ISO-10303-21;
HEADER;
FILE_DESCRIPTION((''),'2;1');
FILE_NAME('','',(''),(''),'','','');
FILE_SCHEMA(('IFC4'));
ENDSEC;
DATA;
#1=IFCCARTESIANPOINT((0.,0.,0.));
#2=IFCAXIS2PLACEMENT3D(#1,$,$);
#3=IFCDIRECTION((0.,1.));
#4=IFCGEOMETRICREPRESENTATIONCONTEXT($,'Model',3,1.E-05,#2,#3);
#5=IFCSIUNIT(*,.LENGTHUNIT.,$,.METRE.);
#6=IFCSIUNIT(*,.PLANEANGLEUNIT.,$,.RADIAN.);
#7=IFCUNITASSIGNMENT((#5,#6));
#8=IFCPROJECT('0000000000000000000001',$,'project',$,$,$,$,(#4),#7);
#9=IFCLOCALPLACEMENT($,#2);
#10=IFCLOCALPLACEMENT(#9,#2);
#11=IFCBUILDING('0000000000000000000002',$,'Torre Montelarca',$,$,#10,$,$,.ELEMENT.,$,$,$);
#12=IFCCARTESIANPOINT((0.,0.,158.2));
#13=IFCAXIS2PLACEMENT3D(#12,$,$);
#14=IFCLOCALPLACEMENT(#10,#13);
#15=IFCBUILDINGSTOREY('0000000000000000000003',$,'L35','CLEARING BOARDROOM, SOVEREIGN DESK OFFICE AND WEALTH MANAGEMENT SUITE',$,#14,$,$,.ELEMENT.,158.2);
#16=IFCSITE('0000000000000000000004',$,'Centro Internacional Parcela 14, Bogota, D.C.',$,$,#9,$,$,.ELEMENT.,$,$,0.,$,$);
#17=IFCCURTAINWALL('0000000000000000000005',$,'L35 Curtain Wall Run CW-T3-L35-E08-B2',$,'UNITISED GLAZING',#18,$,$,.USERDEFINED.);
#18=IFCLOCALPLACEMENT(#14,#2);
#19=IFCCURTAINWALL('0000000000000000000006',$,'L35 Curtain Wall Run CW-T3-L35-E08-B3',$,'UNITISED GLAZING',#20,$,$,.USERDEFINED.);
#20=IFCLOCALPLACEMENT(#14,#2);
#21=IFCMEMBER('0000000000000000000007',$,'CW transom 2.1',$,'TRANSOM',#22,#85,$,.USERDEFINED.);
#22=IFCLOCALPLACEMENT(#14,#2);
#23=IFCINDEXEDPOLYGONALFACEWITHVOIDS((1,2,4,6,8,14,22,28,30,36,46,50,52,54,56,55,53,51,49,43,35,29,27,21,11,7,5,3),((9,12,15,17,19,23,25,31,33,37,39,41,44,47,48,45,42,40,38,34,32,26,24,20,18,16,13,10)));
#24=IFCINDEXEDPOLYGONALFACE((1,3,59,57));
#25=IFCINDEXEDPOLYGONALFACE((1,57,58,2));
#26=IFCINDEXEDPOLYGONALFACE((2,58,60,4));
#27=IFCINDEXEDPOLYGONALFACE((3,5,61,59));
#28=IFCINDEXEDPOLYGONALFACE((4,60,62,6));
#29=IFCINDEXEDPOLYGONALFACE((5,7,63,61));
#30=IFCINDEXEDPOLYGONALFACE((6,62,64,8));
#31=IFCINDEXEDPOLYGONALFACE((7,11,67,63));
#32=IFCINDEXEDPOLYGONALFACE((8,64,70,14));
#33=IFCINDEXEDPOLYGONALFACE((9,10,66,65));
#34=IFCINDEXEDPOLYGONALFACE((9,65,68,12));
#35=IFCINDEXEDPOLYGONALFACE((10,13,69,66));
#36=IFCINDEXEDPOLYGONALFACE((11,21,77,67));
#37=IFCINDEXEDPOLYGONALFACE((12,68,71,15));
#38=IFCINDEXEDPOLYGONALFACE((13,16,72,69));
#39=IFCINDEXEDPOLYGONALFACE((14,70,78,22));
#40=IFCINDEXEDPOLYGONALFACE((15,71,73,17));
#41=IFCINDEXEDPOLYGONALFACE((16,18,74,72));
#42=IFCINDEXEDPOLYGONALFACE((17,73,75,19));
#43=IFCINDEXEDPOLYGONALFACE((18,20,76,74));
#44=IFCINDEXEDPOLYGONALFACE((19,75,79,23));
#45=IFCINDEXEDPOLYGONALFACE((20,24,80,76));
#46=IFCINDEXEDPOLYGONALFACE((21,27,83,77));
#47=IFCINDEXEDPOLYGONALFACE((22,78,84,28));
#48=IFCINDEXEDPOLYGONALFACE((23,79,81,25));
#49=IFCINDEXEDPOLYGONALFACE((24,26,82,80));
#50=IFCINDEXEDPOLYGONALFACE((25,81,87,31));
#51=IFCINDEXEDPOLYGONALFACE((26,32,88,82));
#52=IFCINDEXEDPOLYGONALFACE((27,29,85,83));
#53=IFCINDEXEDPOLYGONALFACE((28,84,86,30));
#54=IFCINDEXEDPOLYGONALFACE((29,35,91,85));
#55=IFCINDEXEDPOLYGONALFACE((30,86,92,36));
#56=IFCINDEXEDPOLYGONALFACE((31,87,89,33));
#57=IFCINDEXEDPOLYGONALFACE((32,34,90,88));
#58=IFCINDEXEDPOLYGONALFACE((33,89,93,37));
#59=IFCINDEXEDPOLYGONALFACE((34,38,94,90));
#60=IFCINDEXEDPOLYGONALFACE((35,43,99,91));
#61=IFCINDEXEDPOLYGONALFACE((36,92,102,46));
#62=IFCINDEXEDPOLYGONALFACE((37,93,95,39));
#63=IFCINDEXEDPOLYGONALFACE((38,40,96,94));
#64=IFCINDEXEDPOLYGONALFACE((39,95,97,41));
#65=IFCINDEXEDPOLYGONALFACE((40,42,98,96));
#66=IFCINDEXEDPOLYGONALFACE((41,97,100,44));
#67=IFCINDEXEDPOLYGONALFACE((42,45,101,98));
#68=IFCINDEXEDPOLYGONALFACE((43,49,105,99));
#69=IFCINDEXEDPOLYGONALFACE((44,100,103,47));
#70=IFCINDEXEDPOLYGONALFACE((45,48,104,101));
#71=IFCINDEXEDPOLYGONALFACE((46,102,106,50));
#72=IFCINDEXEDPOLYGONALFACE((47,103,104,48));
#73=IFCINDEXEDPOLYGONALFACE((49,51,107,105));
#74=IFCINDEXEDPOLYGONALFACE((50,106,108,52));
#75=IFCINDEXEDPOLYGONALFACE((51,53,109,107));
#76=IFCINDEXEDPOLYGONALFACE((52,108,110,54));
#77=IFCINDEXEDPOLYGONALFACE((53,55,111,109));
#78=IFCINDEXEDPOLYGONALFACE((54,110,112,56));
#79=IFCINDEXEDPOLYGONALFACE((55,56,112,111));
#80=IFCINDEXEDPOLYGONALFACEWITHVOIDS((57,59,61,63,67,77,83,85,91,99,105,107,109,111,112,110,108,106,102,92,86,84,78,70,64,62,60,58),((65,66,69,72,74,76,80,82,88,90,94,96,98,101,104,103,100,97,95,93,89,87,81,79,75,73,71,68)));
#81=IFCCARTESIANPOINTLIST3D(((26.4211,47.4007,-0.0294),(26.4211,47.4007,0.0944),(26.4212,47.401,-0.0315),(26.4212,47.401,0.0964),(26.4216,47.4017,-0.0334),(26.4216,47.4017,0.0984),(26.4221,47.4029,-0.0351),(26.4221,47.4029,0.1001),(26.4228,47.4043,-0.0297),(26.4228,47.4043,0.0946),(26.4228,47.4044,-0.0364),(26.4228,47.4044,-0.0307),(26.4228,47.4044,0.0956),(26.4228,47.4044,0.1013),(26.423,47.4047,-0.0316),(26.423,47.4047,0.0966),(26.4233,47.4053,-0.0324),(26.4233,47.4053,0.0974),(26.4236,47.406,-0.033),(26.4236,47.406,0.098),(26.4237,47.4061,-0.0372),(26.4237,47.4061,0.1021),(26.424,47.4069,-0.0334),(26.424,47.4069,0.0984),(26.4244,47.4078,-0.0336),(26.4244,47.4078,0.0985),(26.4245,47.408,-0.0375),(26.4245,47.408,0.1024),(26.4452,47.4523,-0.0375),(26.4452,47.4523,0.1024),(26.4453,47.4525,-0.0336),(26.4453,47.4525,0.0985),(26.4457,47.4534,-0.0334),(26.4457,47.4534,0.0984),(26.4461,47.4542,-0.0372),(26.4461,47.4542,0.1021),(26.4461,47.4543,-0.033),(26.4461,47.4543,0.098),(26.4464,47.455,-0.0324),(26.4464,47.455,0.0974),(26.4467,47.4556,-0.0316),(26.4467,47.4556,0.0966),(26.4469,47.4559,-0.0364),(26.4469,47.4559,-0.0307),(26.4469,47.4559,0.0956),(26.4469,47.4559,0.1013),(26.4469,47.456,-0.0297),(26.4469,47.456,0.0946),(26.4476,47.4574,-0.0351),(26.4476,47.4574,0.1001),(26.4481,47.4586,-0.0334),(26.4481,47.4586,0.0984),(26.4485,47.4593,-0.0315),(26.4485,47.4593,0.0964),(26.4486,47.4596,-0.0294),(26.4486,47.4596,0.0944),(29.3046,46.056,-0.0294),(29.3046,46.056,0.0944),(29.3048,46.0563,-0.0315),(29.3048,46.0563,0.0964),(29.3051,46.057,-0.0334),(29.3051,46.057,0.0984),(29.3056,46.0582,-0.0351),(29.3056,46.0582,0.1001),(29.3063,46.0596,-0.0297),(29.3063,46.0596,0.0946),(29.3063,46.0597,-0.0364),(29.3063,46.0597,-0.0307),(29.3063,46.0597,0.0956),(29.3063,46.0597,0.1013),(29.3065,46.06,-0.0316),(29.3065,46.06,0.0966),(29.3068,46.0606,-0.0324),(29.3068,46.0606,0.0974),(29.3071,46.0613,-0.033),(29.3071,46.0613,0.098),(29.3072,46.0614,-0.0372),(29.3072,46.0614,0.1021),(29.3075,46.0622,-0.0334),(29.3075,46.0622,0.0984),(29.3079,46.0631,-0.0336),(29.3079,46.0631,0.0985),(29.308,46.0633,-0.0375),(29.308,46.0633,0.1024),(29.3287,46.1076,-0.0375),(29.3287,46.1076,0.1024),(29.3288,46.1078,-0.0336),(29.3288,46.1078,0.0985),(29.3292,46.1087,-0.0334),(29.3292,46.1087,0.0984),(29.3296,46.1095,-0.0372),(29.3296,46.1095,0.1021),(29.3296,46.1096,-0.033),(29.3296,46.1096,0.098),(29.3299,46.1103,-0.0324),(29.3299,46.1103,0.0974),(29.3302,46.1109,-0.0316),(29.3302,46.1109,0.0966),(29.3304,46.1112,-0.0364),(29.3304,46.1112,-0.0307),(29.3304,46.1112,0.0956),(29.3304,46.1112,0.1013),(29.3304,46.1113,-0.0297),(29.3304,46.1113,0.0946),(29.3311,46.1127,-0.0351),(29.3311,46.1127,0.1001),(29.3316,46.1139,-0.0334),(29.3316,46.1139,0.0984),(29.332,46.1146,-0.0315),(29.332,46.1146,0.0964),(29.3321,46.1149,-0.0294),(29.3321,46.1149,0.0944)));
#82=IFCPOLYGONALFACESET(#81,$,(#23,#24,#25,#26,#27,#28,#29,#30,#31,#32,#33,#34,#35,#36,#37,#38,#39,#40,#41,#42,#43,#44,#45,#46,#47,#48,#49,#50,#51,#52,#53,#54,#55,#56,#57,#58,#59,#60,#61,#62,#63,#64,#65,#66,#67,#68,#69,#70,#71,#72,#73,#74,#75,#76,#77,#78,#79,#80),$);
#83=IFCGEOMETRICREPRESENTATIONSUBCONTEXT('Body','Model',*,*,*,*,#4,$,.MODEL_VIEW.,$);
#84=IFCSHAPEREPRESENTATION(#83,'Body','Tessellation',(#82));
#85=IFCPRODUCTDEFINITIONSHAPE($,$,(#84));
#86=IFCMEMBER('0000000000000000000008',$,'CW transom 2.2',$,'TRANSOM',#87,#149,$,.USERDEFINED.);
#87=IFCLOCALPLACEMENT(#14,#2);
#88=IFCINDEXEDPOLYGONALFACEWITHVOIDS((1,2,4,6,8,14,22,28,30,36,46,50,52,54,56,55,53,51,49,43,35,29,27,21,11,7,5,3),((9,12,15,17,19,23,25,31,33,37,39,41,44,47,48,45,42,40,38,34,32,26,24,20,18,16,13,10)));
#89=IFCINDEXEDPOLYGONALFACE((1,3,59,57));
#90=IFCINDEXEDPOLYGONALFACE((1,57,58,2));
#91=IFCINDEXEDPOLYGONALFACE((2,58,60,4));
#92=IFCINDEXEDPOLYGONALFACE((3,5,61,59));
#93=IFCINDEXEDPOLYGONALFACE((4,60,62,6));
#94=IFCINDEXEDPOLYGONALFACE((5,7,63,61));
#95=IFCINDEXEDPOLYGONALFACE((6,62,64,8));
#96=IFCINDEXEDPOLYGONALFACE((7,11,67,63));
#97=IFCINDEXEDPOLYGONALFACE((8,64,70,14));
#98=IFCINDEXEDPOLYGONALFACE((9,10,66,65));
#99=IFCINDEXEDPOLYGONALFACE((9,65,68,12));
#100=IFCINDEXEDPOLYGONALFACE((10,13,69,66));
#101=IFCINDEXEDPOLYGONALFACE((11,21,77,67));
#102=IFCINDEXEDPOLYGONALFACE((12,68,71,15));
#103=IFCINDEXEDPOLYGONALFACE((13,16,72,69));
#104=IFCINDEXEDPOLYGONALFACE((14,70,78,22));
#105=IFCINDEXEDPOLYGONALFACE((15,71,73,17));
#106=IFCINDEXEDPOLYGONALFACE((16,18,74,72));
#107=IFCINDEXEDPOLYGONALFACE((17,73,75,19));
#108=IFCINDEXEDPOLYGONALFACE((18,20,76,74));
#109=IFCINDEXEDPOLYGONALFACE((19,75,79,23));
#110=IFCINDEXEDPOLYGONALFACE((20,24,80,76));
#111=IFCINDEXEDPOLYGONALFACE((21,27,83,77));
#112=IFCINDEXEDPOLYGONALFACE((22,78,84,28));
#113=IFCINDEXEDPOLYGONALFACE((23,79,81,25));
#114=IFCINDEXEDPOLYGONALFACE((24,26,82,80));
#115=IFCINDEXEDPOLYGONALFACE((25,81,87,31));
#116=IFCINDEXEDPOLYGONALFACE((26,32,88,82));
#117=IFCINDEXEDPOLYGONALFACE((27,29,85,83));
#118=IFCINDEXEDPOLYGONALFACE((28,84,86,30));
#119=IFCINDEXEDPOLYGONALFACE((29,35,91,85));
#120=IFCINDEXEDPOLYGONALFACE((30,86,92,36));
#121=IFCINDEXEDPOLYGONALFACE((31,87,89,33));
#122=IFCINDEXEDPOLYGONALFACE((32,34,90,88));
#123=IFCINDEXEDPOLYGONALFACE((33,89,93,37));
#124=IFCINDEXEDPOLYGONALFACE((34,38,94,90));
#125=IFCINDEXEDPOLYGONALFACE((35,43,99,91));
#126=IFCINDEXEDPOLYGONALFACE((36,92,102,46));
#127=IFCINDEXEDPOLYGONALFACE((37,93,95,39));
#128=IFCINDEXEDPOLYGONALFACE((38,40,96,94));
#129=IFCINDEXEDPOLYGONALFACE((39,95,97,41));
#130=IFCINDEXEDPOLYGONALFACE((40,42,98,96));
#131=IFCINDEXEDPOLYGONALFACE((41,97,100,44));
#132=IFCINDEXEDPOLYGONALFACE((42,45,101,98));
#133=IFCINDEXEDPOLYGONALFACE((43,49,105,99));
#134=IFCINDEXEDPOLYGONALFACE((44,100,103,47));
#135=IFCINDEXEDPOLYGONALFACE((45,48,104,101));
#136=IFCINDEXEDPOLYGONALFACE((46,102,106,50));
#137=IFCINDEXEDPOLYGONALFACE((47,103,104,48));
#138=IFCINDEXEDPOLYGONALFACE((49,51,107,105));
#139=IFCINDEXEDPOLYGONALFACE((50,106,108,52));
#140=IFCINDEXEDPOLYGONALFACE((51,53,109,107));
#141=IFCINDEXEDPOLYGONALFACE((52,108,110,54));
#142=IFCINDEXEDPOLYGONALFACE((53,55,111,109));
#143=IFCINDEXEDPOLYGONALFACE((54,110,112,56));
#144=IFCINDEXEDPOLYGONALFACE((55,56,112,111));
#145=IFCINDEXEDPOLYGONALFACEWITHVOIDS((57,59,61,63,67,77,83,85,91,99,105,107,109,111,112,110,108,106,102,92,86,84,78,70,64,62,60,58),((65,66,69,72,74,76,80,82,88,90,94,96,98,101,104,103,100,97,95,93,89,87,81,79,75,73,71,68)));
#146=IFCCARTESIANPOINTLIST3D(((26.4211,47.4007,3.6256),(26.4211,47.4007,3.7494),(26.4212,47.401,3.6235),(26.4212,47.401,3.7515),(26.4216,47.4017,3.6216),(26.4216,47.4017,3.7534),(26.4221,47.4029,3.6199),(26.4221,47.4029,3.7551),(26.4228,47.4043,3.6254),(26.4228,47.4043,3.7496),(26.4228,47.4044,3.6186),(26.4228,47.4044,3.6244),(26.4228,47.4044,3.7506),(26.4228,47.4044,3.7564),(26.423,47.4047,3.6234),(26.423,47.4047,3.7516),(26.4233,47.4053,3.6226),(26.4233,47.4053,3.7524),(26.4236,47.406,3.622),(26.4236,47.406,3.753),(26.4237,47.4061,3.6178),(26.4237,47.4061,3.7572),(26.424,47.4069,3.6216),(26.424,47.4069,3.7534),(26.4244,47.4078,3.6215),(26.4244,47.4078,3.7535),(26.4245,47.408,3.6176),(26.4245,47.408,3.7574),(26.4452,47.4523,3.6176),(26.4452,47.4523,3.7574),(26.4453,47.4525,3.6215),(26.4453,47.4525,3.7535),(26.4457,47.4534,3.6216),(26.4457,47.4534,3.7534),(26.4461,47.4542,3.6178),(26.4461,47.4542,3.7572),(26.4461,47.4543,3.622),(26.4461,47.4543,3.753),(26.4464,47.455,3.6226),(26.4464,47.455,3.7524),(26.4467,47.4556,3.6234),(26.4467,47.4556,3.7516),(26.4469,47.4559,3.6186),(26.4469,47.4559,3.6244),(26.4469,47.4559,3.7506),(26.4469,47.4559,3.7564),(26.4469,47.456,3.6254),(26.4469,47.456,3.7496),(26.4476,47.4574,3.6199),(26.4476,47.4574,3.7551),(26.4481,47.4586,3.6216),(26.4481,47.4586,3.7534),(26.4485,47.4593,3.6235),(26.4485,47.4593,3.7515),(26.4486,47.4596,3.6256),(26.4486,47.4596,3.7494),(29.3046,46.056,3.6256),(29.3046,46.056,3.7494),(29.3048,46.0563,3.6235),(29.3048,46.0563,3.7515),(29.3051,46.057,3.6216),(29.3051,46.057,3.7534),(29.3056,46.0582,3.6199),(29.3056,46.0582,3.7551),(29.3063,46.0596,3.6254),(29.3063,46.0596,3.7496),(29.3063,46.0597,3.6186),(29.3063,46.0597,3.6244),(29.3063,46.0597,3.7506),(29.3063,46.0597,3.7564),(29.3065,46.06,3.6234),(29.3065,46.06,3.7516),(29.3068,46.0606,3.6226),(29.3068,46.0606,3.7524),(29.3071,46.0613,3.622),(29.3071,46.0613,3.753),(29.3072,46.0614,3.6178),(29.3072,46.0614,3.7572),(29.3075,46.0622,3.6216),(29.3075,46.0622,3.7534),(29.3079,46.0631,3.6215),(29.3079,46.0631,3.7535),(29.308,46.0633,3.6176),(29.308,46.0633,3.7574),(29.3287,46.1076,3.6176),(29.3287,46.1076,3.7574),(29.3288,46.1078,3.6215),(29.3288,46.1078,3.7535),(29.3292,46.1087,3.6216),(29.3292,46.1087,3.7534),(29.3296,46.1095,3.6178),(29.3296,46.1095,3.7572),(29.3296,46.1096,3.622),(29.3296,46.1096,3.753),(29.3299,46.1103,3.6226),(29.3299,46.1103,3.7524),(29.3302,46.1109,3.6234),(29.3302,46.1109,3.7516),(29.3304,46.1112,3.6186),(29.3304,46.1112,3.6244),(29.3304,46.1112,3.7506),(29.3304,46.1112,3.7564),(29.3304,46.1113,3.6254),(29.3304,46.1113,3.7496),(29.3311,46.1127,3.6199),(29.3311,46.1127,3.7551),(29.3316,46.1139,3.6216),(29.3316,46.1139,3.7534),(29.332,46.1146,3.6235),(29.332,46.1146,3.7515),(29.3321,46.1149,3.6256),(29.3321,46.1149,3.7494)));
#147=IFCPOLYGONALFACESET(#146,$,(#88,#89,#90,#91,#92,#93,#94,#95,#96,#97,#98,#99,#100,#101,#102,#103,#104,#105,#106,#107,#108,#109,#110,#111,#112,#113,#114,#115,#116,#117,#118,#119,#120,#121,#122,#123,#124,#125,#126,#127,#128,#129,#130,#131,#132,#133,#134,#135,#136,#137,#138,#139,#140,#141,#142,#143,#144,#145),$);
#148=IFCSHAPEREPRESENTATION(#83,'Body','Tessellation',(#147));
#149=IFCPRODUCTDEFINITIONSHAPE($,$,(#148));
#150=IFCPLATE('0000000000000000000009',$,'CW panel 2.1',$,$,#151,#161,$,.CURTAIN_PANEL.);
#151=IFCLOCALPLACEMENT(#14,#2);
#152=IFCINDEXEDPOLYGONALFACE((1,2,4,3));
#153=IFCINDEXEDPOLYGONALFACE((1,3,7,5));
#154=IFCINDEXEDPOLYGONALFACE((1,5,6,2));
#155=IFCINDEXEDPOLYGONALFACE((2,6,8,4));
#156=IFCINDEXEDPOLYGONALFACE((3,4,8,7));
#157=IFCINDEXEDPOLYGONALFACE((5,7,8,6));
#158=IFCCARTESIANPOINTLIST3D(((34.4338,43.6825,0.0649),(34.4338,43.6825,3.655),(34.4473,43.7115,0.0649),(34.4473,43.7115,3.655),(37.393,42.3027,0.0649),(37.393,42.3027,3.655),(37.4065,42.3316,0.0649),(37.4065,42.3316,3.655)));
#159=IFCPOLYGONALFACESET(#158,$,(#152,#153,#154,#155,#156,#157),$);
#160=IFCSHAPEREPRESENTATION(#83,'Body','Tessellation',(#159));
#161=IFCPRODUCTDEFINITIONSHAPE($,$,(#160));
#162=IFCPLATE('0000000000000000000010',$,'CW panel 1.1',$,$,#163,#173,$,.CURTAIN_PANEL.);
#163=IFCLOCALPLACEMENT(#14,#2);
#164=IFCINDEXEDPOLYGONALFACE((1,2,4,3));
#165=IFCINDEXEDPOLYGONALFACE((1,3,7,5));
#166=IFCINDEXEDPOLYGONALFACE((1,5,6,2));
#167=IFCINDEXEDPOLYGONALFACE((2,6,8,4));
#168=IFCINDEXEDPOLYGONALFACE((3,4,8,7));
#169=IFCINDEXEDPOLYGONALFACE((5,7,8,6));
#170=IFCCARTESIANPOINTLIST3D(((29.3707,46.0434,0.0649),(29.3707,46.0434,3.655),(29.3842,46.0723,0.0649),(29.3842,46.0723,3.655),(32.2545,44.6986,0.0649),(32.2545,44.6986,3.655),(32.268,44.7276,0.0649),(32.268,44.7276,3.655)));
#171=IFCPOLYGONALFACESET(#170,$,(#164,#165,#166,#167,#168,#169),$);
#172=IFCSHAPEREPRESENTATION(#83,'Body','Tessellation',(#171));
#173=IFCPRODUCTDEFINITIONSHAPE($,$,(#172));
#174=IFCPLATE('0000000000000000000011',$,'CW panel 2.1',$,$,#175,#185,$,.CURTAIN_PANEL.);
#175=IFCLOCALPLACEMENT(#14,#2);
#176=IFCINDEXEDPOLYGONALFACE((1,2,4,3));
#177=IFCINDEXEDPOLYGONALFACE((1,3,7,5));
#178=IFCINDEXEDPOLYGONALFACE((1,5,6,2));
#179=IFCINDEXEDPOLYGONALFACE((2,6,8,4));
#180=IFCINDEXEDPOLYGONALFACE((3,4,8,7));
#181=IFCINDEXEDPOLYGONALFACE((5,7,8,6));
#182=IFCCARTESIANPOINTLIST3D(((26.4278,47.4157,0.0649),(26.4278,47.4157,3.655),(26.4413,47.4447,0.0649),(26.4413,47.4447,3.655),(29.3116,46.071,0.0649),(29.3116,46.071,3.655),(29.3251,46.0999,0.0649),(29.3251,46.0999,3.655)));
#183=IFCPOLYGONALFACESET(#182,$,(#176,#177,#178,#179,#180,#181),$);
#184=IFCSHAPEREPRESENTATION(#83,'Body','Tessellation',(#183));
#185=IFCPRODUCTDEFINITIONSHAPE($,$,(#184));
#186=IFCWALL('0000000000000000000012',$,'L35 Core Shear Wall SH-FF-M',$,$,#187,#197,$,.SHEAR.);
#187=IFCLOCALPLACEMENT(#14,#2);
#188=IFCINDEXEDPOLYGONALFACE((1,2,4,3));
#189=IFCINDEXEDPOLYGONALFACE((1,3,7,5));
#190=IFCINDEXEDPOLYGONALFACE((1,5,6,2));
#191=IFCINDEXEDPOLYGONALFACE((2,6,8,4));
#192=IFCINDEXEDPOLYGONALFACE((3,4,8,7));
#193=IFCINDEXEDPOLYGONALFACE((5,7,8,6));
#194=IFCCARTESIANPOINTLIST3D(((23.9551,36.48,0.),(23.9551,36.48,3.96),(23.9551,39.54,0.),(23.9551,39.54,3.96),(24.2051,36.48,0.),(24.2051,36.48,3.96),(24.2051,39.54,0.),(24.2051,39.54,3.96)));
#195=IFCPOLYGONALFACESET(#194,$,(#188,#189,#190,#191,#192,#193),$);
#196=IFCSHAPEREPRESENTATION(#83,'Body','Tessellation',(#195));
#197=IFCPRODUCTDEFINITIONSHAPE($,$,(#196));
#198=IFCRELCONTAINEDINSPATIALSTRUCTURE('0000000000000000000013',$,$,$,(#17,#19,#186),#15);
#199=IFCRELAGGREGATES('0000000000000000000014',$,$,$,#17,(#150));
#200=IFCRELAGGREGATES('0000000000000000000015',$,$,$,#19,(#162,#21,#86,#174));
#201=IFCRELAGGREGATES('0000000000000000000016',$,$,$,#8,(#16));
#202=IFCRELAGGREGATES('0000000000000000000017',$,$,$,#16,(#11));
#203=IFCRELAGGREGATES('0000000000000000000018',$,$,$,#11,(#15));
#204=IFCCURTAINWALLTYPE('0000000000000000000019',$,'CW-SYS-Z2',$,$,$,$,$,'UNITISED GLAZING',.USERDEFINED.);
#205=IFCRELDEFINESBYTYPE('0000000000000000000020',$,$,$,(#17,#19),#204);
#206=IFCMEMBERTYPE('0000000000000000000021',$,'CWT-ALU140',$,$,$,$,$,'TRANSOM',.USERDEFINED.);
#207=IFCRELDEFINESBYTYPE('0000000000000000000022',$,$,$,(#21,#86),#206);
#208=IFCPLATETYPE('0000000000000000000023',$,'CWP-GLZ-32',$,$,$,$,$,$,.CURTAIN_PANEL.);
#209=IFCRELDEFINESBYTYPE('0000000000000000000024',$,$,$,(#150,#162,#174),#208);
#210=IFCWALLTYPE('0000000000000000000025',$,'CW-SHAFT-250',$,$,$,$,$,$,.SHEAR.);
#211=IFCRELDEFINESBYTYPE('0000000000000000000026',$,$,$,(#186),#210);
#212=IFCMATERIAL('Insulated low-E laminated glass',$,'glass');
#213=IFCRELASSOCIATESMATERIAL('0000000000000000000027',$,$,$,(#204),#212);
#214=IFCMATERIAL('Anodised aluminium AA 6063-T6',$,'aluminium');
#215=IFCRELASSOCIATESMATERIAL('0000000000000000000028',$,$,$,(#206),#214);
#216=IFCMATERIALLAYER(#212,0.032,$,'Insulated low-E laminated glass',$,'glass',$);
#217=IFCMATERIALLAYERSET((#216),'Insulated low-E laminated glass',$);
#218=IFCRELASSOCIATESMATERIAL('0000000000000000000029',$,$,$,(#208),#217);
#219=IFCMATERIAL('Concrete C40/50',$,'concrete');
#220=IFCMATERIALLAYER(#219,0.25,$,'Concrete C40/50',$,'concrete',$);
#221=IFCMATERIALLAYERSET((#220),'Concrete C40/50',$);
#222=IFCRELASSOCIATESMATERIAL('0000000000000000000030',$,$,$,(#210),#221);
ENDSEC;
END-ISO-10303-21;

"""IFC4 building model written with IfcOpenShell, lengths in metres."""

from ifc_helpers import new_model, si_unit, direction, frame, frame_2d, origin, origin_2d, place, context, subcontext, project, spatial, rectangle, hollow_rectangle, extrude, source, transform, mapped, material, layer, layer_set, material_profile, profile_set, type_object, element, aggregate, save


model = new_model("IFC4")

# Units and contexts
model_context = context("Model", 3, precision=1e-05, world=origin(), true_north=direction((0.0, 1.0)))
body_context = subcontext(model_context, "Body", "Model", "MODEL_VIEW")
ifc_project = project(units=[si_unit("LENGTHUNIT", "METRE"), si_unit("PLANEANGLEUNIT", "RADIAN")], contexts=[model_context])

# Site, building, storey
site_placement = place(None, origin())
site = spatial("IfcSite", under=ifc_project, at=site_placement, Name="Centro Internacional Parcela 14, Bogota, D.C.", CompositionType="ELEMENT", RefElevation=0.0)
building_placement = place(site_placement, origin())
building = spatial("IfcBuilding", under=site, at=building_placement, Name="Torre Montelarca", CompositionType="ELEMENT")
storey_placement = place(building_placement, frame((0.0, 0.0, 158.2)))
storey = spatial("IfcBuildingStorey", under=building, at=storey_placement, Name="L35", Description="CLEARING BOARDROOM, SOVEREIGN DESK OFFICE AND WEALTH MANAGEMENT SUITE", CompositionType="ELEMENT", Elevation=158.2)

# Curtain walls
ifc_material_1 = material(Name="Insulated low-E laminated glass", Category="glass")
curtain_wall_type = type_object("IfcCurtainWallType", Name="CW-SYS-Z2", ElementType="UNITISED GLAZING", PredefinedType="USERDEFINED", material=ifc_material_1)
curtain_wall_1_placement = place(storey_placement, origin())
curtain_wall_1 = element("IfcCurtainWall", 1, at=curtain_wall_1_placement, inside=storey, type_object=curtain_wall_type, Name="L35 Curtain Wall Run CW-T3-L35-E08-B2", ObjectType="UNITISED GLAZING", PredefinedType="USERDEFINED")
ifc_material_2 = material(Name="Anodised aluminium AA 6063-T6", Category="aluminium")
curtain_wall_2_placement = place(storey_placement, origin())
curtain_wall_2 = element("IfcCurtainWall", 2, at=curtain_wall_2_placement, inside=storey, type_object=curtain_wall_type, Name="L35 Curtain Wall Run CW-T3-L35-E08-B3", ObjectType="UNITISED GLAZING", PredefinedType="USERDEFINED")

# Members
ifc_material_profile_1 = material_profile(ifc_material_2, hollow_rectangle(XDim=0.0649, YDim=0.1399, WallThickness=0.0039, InnerFilletRadius=0.0039, OuterFilletRadius=0.0081, at=origin_2d()), Name="ALU65X140X4", Category="aluminium")
ifc_profile_set_1 = profile_set([ifc_material_profile_1], Name="Anodised aluminium AA 6063-T6")
member_type_1 = type_object("IfcMemberType", Name="CWT-ALU140", ElementType="TRANSOM", PredefinedType="USERDEFINED", material=ifc_profile_set_1)
shared_shape_1 = source(origin(), body_context, "Body", "SweptSolid", [
    extrude(hollow_rectangle(XDim=0.0649, YDim=0.1399, WallThickness=0.0039, InnerFilletRadius=0.0039, OuterFilletRadius=0.0081, at=origin_2d()), origin(), (0.0, 0.0, 1.0), 3.1816),
])
member_1_placement = place(storey_placement, frame((29.3184, 46.0854, 0.0325), z_axis=(-0.906295, 0.422646, 0.0), x_axis=(-0.422646, -0.906295, 0.0)))
member_1 = element("IfcMember", 3, at=member_1_placement, type_object=member_type_1, Name="CW transom 2.1", ObjectType="TRANSOM", PredefinedType="USERDEFINED", context=body_context, shape_type="MappedRepresentation", body=[
    mapped(shared_shape_1, transform((0.0, 0.0, 0.0), scale=1.0)),
])
member_2_placement = place(storey_placement, frame((29.3184, 46.0854, 3.6875), z_axis=(-0.906295, 0.422646, 0.0), x_axis=(-0.422646, -0.906295, 0.0)))
member_2 = element("IfcMember", 4, at=member_2_placement, type_object=member_type_1, Name="CW transom 2.2", ObjectType="TRANSOM", PredefinedType="USERDEFINED", context=body_context, shape_type="MappedRepresentation", body=[
    mapped(shared_shape_1, transform((0.0, 0.0, 0.0), scale=1.0)),
])

# Plates
ifc_layer_1 = layer(ifc_material_1, 0.032, Name="Insulated low-E laminated glass", Category="glass")
ifc_layer_set_1 = layer_set([ifc_layer_1], Name="Insulated low-E laminated glass")
plate_type = type_object("IfcPlateType", Name="CWP-GLZ-32", PredefinedType="CURTAIN_PANEL", material=ifc_layer_set_1)
shared_shape_2 = source(origin(), body_context, "Body", "SweptSolid", [
    extrude(rectangle(XDim=3.2651, YDim=0.032, at=origin_2d()), origin(), (0.0, 0.0, 1.0), 3.5901),
])
plate_1_placement = place(storey_placement, frame((35.9202, 43.0071, 0.0649), z_axis=(0.0, 0.0, 1.0), x_axis=(-0.906313, 0.422608, 0.0)))
plate_1 = element("IfcPlate", 5, at=plate_1_placement, type_object=plate_type, Name="CW panel 2.1", PredefinedType="CURTAIN_PANEL", context=body_context, shape_type="MappedRepresentation", body=[
    mapped(shared_shape_2, transform((0.0, 0.0, 0.0), scale=1.0)),
])
aggregate(curtain_wall_1, [plate_1])
shared_shape_3 = source(origin(), body_context, "Body", "SweptSolid", [
    extrude(rectangle(XDim=3.1819, YDim=0.032, at=origin_2d()), origin(), (0.0, 0.0, 1.0), 3.5901),
])
plate_2_placement = place(storey_placement, frame((30.8193, 45.3855, 0.0649), z_axis=(0.0, 0.0, 1.0), x_axis=(-0.906309, 0.422615, 0.0)))
plate_2 = element("IfcPlate", 6, at=plate_2_placement, type_object=plate_type, Name="CW panel 1.1", PredefinedType="CURTAIN_PANEL", context=body_context, shape_type="MappedRepresentation", body=[
    mapped(shared_shape_3, transform((0.0, 0.0, 0.0), scale=1.0)),
])
plate_3_placement = place(storey_placement, frame((27.8765, 46.7578, 0.0649), z_axis=(0.0, 0.0, 1.0), x_axis=(-0.906309, 0.422615, 0.0)))
plate_3 = element("IfcPlate", 7, at=plate_3_placement, type_object=plate_type, Name="CW panel 2.1", PredefinedType="CURTAIN_PANEL", context=body_context, shape_type="MappedRepresentation", body=[
    mapped(shared_shape_3, transform((0.0, 0.0, 0.0), scale=1.0)),
])
aggregate(curtain_wall_2, [plate_2, member_1, member_2, plate_3])

# Wall
ifc_material_3 = material(Name="Concrete C40/50", Category="concrete")
ifc_layer_2 = layer(ifc_material_3, 0.25, Name="Concrete C40/50", Category="concrete")
ifc_layer_set_2 = layer_set([ifc_layer_2], Name="Concrete C40/50")
wall_type_1 = type_object("IfcWallType", Name="CW-SHAFT-250", PredefinedType="SHEAR", material=ifc_layer_set_2)
wall_1_placement = place(storey_placement, frame((24.0801, 36.48, 0.0), z_axis=(0.0, 0.0, 1.0), x_axis=(0.0, 1.0, 0.0)))
element("IfcWall", 8, at=wall_1_placement, inside=storey, type_object=wall_type_1, Name="L35 Core Shear Wall SH-FF-M", PredefinedType="SHEAR", context=body_context, shape_type="SweptSolid", body=[
    extrude(rectangle(XDim=3.0601, YDim=0.25, at=frame_2d((1.53, 0.0))), origin(), (0.0, 0.0, 1.0), 3.96),
])

save(model, "model.ifc")
